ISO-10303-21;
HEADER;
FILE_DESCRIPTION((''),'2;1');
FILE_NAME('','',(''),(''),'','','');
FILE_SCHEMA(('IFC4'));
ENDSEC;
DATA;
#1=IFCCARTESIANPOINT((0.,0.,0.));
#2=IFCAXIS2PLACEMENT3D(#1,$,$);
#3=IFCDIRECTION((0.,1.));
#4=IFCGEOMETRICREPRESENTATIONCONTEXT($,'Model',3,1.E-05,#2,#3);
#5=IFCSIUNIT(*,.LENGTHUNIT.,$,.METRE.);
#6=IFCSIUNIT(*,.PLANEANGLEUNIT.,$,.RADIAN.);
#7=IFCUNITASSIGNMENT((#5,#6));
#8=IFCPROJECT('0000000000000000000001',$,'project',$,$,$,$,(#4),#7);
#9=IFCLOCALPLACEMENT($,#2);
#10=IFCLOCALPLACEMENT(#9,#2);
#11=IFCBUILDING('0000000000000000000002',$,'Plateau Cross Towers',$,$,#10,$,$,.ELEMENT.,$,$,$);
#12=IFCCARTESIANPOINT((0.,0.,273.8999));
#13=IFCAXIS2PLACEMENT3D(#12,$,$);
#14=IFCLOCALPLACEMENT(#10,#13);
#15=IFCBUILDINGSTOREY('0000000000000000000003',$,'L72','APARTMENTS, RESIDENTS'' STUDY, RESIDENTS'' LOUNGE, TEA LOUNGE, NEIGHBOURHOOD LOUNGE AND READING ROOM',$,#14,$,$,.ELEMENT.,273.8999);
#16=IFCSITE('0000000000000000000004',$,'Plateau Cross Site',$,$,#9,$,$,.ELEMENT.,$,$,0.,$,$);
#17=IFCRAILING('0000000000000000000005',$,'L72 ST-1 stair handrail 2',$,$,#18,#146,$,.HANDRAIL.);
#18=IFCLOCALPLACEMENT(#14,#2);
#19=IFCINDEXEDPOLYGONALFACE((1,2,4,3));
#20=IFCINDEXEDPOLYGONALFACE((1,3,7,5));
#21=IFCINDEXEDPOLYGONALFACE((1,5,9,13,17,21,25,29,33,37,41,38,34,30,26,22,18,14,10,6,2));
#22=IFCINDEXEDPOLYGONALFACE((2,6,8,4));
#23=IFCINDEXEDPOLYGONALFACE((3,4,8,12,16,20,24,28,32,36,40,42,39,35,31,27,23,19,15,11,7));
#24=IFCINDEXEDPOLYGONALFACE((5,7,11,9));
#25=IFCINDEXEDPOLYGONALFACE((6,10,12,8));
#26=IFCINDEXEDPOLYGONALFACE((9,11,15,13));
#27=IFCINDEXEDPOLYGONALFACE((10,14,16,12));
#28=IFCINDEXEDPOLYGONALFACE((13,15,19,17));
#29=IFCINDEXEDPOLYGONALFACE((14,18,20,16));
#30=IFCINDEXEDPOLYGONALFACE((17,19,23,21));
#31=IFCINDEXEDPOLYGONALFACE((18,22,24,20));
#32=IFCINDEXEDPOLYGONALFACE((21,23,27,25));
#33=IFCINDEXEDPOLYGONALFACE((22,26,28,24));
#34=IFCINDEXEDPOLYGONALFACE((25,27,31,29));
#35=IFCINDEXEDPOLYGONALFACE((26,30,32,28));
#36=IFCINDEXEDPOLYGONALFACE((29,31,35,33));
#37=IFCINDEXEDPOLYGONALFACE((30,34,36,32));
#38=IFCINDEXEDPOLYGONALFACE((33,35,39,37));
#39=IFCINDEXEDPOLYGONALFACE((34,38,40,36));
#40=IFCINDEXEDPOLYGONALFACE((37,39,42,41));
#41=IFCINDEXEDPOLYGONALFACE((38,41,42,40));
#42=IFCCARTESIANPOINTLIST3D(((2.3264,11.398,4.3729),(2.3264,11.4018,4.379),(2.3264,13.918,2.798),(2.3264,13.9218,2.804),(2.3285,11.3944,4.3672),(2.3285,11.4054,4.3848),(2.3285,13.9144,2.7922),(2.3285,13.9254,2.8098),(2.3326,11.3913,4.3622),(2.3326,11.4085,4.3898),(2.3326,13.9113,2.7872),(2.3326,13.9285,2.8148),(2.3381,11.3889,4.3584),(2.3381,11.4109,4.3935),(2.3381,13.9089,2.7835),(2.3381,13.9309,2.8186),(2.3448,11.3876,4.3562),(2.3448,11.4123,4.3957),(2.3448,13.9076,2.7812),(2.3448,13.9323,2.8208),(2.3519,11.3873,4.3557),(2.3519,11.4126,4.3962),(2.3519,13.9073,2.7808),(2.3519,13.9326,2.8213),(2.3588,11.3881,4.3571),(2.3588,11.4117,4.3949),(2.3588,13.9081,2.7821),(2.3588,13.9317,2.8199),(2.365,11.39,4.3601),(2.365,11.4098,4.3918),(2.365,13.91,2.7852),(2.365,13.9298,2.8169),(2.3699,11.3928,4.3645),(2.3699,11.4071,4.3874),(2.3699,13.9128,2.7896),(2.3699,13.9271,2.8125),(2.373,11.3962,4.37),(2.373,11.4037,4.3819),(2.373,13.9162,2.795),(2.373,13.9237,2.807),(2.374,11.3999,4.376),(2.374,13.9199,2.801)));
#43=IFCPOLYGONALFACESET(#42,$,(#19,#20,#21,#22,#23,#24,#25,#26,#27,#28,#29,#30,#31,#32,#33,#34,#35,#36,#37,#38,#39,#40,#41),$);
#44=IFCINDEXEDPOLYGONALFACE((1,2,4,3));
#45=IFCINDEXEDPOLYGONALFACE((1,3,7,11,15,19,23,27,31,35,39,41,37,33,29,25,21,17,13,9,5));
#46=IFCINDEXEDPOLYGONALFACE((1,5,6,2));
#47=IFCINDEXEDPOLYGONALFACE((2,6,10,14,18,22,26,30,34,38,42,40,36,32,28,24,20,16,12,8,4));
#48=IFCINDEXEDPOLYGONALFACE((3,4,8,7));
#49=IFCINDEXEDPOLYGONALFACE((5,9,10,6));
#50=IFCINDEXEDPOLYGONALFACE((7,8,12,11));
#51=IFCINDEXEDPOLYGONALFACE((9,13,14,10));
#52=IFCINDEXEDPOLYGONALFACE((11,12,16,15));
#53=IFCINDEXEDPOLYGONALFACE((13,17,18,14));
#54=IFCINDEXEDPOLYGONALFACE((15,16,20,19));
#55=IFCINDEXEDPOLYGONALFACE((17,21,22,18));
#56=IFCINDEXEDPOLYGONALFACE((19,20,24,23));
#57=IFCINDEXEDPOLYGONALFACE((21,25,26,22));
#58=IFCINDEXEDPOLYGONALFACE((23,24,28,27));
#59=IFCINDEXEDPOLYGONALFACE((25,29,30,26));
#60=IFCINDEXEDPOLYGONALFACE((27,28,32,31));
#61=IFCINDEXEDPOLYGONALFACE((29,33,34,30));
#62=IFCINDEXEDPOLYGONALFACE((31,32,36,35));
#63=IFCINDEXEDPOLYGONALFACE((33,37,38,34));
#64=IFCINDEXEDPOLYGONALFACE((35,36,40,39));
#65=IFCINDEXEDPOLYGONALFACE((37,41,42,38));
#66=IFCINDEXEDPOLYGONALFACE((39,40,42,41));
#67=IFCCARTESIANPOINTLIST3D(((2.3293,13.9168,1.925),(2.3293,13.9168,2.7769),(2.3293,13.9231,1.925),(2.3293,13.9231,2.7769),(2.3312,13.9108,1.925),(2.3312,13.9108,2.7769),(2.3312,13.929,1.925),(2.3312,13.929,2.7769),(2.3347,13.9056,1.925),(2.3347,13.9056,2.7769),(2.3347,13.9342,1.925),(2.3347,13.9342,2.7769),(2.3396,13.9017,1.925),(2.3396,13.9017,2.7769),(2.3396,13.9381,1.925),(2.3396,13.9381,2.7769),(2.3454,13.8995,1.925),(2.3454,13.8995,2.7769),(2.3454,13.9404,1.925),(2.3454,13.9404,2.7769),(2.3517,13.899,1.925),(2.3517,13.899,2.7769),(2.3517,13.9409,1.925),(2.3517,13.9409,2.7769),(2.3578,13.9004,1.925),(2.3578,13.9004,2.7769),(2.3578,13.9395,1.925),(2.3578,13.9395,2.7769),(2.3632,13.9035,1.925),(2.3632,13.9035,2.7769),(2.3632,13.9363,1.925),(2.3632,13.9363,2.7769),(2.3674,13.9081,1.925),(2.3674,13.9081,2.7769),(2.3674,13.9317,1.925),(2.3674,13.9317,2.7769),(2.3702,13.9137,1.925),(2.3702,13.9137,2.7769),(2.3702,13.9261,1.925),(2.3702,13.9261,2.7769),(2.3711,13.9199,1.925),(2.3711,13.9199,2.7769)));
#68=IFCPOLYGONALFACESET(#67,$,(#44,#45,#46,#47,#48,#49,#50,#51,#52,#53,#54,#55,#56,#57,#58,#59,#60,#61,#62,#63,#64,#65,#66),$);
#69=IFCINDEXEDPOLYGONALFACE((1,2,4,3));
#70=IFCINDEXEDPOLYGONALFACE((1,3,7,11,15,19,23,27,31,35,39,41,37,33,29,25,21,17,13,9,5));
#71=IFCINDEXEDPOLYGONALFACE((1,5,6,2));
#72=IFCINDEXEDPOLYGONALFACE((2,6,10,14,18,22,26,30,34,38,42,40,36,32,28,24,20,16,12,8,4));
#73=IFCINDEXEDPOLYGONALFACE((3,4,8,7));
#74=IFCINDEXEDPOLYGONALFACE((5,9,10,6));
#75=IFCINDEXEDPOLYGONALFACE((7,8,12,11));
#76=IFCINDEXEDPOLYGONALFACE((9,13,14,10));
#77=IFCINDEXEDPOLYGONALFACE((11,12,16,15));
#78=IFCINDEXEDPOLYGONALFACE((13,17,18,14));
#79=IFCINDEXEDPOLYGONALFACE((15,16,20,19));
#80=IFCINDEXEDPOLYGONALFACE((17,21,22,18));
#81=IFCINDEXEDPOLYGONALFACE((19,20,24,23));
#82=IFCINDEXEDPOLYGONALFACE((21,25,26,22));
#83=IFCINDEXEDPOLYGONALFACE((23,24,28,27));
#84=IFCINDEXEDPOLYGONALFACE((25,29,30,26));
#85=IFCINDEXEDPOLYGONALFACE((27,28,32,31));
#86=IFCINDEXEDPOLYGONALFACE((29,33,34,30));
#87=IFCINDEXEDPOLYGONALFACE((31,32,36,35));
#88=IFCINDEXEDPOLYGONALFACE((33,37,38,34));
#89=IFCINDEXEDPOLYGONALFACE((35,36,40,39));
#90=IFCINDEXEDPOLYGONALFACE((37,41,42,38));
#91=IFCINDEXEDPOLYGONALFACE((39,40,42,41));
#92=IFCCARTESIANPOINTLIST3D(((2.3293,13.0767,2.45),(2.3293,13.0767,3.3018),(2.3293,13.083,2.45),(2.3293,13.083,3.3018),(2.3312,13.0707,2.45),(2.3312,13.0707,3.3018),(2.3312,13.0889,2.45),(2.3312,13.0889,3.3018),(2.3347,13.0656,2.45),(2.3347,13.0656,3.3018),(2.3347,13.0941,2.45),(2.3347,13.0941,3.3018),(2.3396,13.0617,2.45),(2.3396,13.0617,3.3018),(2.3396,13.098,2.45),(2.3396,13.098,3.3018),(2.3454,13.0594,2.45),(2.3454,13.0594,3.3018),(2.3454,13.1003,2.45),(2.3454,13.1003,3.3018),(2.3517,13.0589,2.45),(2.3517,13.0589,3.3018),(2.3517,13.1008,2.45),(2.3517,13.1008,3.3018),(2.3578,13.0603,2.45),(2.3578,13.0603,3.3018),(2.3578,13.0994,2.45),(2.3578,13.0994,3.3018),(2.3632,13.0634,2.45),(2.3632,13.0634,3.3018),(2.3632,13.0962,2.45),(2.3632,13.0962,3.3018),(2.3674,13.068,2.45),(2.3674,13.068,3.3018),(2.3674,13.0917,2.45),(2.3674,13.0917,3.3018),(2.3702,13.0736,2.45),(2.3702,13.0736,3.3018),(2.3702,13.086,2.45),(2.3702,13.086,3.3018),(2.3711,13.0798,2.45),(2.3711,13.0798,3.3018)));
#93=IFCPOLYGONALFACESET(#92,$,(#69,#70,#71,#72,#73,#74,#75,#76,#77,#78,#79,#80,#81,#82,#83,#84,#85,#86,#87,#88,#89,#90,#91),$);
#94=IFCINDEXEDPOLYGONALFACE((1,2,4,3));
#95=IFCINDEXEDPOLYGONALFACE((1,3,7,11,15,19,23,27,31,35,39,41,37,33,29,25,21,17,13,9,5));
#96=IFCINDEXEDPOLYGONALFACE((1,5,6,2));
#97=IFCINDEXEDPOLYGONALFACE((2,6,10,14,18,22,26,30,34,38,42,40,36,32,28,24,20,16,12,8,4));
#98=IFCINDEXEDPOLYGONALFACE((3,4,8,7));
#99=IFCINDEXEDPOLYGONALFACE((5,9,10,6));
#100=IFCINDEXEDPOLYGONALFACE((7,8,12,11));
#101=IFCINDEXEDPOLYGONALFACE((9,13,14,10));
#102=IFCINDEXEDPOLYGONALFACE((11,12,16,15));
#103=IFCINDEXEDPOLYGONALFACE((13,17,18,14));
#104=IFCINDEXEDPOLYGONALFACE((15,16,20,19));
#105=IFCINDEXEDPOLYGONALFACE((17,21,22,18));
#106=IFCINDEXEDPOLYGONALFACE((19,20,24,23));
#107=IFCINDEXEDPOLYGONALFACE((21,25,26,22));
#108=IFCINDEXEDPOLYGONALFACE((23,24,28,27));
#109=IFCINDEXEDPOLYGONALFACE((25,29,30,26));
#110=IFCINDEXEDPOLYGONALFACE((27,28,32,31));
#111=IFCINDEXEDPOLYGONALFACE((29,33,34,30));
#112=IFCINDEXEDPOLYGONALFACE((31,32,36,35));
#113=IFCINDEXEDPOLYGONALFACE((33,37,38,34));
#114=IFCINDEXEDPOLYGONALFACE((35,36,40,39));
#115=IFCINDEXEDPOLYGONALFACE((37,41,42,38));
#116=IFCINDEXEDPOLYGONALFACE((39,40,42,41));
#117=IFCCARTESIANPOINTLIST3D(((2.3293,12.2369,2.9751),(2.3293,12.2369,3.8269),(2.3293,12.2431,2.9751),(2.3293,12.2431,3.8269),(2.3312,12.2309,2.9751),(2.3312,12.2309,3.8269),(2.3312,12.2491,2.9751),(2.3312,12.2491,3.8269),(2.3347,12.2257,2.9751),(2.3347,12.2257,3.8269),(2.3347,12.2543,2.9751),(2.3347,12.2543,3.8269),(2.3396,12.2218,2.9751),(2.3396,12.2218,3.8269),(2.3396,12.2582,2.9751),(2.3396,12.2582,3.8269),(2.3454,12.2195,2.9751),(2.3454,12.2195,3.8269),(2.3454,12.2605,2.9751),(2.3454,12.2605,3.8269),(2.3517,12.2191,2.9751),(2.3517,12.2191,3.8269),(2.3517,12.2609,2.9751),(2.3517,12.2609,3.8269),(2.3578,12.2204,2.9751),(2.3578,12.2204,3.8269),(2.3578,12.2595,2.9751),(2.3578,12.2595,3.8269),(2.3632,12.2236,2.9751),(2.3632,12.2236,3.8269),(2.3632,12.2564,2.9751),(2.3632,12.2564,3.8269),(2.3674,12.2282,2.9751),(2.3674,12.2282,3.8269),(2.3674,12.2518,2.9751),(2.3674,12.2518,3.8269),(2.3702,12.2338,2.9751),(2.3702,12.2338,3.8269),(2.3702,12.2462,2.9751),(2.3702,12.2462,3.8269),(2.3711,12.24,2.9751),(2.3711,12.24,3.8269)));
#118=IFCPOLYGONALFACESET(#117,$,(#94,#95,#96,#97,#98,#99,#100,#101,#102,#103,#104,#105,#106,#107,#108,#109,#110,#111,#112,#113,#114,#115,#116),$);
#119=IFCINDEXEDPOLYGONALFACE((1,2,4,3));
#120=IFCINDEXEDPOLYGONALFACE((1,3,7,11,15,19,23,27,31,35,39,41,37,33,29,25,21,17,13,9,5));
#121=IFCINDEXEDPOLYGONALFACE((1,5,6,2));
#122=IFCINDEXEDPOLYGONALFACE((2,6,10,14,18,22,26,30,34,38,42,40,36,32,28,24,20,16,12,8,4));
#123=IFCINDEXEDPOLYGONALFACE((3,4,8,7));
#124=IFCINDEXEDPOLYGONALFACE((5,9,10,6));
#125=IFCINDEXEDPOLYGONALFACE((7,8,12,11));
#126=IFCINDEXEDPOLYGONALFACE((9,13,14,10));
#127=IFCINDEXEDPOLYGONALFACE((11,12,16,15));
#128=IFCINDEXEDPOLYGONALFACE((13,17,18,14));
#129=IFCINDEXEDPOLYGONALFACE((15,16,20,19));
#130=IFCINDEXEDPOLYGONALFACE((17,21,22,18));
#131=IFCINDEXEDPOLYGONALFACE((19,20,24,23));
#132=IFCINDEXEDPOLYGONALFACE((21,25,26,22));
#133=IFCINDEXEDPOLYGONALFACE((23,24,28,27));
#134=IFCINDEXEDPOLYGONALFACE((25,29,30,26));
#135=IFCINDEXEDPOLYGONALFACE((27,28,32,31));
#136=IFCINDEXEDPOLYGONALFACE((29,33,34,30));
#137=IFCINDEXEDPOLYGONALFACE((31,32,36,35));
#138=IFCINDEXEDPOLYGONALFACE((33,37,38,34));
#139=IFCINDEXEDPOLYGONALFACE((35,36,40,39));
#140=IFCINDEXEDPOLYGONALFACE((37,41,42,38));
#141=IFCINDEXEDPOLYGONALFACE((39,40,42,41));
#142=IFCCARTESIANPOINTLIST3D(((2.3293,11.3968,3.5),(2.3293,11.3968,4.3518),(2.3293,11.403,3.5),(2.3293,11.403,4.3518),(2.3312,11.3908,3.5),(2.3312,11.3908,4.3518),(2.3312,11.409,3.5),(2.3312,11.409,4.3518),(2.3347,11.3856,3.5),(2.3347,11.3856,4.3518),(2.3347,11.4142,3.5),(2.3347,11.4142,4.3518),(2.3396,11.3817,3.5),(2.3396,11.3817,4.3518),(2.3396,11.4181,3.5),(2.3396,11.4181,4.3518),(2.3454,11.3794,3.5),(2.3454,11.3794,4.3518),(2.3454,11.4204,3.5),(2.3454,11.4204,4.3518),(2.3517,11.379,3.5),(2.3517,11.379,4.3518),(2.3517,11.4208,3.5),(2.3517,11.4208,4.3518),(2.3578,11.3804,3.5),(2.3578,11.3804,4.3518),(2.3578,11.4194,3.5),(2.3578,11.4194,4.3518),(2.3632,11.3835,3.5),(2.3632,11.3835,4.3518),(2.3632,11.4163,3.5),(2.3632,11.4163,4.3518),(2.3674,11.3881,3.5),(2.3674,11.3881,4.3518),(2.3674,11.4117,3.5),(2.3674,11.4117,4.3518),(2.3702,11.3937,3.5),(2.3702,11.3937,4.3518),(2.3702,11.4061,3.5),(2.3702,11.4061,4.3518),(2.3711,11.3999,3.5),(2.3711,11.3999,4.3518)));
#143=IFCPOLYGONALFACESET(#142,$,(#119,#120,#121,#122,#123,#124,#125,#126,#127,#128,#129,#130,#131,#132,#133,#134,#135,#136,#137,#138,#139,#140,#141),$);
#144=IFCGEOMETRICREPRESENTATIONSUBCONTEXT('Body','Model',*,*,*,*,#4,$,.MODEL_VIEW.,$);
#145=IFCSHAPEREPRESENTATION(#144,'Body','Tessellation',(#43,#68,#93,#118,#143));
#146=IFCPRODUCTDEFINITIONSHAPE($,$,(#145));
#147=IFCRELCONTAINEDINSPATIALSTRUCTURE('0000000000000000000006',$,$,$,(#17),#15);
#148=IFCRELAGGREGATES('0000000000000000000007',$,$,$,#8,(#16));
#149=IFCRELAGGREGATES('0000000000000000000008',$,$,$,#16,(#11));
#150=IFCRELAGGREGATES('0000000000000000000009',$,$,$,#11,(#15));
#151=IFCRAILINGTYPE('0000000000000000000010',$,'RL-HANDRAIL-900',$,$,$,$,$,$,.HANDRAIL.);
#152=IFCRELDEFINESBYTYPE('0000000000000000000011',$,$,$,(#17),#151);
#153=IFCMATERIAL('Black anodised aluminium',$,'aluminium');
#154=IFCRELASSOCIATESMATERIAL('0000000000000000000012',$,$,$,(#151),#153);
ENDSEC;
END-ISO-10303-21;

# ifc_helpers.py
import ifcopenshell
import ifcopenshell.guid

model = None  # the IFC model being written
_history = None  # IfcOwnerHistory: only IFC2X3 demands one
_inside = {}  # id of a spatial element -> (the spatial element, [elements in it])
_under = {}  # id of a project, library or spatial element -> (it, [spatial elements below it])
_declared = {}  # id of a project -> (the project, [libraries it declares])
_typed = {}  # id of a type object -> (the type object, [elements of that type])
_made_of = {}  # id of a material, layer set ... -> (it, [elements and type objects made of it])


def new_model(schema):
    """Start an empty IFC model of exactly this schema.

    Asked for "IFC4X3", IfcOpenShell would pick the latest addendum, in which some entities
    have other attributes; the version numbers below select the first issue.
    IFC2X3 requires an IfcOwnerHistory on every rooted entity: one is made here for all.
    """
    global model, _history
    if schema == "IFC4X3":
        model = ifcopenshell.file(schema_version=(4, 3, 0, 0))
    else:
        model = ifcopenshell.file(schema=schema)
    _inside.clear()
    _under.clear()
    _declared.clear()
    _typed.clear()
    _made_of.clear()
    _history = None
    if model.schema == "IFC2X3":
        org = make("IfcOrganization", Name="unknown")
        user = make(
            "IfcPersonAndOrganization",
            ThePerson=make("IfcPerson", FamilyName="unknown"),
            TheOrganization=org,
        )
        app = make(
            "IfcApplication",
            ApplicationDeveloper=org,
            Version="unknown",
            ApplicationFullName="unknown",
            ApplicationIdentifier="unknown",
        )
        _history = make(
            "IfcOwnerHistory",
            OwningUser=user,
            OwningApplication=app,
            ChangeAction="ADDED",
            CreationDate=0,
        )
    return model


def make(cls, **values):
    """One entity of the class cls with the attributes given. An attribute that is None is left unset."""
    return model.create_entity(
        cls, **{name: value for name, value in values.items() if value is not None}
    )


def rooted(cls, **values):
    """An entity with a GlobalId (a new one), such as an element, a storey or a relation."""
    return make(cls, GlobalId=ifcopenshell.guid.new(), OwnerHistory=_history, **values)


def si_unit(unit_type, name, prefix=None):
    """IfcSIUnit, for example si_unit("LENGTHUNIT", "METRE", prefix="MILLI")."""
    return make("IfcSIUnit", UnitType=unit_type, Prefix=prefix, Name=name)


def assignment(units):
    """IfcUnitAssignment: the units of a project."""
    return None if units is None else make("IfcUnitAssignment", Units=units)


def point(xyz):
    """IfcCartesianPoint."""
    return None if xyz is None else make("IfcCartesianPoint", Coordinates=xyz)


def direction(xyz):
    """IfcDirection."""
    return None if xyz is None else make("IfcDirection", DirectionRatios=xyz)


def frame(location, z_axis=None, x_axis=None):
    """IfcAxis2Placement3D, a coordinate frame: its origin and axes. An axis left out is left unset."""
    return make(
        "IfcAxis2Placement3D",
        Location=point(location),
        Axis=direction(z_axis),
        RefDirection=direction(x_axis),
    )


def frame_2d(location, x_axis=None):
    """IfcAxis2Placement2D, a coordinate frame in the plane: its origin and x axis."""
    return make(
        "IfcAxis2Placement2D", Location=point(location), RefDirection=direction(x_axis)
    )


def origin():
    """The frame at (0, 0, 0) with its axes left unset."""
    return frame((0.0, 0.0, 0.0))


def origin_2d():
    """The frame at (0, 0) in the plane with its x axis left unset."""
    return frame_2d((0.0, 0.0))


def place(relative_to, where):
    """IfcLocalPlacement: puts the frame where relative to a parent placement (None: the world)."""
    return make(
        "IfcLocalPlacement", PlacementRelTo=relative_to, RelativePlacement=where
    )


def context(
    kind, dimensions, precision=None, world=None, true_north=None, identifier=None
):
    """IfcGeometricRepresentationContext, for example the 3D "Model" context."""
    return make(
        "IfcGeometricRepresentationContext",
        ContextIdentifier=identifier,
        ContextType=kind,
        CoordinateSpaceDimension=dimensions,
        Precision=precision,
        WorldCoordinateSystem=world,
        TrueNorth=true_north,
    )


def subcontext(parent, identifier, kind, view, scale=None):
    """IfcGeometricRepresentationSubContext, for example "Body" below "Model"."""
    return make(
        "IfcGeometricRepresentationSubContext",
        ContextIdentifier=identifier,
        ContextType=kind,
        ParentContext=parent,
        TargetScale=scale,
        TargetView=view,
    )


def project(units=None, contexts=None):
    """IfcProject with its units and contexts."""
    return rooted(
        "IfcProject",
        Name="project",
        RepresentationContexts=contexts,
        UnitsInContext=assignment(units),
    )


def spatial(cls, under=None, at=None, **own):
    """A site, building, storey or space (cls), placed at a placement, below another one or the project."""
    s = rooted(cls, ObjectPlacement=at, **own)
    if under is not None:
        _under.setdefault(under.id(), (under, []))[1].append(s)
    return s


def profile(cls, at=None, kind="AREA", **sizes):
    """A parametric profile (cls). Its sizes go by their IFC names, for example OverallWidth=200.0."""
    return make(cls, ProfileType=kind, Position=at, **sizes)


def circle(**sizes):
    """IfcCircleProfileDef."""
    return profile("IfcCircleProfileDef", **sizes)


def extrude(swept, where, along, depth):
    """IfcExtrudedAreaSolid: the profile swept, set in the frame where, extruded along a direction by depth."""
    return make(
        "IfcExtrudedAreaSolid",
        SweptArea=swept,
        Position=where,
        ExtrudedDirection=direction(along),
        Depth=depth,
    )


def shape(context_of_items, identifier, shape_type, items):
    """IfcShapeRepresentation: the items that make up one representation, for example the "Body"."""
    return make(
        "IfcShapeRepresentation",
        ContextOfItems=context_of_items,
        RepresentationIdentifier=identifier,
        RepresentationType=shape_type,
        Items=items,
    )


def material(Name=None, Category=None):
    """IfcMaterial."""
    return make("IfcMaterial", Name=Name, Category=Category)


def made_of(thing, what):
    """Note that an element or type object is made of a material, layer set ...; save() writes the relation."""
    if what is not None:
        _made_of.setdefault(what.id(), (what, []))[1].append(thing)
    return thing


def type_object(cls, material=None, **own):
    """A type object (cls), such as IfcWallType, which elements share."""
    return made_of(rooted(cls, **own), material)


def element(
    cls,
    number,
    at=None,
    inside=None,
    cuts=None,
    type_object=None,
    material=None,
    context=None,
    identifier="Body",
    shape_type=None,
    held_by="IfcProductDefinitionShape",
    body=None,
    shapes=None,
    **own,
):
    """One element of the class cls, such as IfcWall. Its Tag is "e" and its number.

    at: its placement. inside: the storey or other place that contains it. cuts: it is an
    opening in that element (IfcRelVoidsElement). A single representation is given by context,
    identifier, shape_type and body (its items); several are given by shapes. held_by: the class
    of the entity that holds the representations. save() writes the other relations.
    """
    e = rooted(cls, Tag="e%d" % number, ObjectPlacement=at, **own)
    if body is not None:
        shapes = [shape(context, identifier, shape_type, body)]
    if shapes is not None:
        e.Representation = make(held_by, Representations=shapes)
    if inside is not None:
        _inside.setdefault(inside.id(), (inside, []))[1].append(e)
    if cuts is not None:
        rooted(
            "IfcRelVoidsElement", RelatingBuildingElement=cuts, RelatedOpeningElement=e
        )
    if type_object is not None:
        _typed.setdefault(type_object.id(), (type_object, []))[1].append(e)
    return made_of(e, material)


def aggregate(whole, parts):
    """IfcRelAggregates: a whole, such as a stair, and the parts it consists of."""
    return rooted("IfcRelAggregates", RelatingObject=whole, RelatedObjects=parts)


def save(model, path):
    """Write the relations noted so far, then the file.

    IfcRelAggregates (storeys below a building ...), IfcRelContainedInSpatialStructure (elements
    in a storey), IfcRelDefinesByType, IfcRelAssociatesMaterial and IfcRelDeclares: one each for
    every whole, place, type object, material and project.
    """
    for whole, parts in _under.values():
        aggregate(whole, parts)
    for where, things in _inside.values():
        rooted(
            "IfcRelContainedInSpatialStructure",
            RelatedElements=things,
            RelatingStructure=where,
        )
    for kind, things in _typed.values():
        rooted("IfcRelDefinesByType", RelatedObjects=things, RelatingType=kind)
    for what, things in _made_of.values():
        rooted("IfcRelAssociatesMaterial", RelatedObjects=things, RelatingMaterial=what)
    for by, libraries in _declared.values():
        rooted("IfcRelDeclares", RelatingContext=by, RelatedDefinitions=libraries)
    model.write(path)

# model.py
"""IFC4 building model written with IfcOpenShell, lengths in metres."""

from ifc_helpers import new_model, si_unit, direction, frame, origin, origin_2d, place, context, subcontext, project, spatial, circle, extrude, material, type_object, element, save


model = new_model("IFC4")

# Units and contexts
model_context = context("Model", 3, precision=1e-05, world=origin(), true_north=direction((0.0, 1.0)))
body_context = subcontext(model_context, "Body", "Model", "MODEL_VIEW")
ifc_project = project(units=[si_unit("LENGTHUNIT", "METRE"), si_unit("PLANEANGLEUNIT", "RADIAN")], contexts=[model_context])

# Site, building, storey
site_placement = place(None, origin())
site = spatial("IfcSite", under=ifc_project, at=site_placement, Name="Plateau Cross Site", CompositionType="ELEMENT", RefElevation=0.0)
building_placement = place(site_placement, origin())
building = spatial("IfcBuilding", under=site, at=building_placement, Name="Plateau Cross Towers", CompositionType="ELEMENT")
storey_placement = place(building_placement, frame((0.0, 0.0, 273.8999)))
storey = spatial("IfcBuildingStorey", under=building, at=storey_placement, Name="L72", Description="APARTMENTS, RESIDENTS' STUDY, RESIDENTS' LOUNGE, TEA LOUNGE, NEIGHBOURHOOD LOUNGE AND READING ROOM", CompositionType="ELEMENT", Elevation=273.8999)

# Shared definitions
ifc_material_1 = material(Name="Black anodised aluminium", Category="aluminium")

# Railing
railing_type_1 = type_object("IfcRailingType", Name="RL-HANDRAIL-900", PredefinedType="HANDRAIL", material=ifc_material_1)
railing_1_placement = place(storey_placement, frame((2.3501, 13.9199, 1.925)))
element("IfcRailing", 1, at=railing_1_placement, inside=storey, type_object=railing_type_1, Name="L72 ST-1 stair handrail 2", PredefinedType="HANDRAIL", context=body_context, shape_type="SweptSolid", body=[
    extrude(circle(Radius=0.0239, at=origin_2d()), frame((0.0, 0.0, 0.876), z_axis=(0.0, -0.848008, 0.529984), x_axis=(1.0, 0.0, 0.0)), (0.0, 0.0, 1.0), 2.9717),
    extrude(circle(Radius=0.021, at=origin_2d()), origin(), (0.0, 0.0, 1.0), 0.8518),
    extrude(circle(Radius=0.021, at=origin_2d()), frame((0.0, -0.8401, 0.5249)), (0.0, 0.0, 1.0), 0.8518),
    extrude(circle(Radius=0.021, at=origin_2d()), frame((0.0, -1.6799, 1.05)), (0.0, 0.0, 1.0), 0.8518),
    extrude(circle(Radius=0.021, at=origin_2d()), frame((0.0, -2.52, 1.575)), (0.0, 0.0, 1.0), 0.8518),
])

save(model, "model.ifc")
